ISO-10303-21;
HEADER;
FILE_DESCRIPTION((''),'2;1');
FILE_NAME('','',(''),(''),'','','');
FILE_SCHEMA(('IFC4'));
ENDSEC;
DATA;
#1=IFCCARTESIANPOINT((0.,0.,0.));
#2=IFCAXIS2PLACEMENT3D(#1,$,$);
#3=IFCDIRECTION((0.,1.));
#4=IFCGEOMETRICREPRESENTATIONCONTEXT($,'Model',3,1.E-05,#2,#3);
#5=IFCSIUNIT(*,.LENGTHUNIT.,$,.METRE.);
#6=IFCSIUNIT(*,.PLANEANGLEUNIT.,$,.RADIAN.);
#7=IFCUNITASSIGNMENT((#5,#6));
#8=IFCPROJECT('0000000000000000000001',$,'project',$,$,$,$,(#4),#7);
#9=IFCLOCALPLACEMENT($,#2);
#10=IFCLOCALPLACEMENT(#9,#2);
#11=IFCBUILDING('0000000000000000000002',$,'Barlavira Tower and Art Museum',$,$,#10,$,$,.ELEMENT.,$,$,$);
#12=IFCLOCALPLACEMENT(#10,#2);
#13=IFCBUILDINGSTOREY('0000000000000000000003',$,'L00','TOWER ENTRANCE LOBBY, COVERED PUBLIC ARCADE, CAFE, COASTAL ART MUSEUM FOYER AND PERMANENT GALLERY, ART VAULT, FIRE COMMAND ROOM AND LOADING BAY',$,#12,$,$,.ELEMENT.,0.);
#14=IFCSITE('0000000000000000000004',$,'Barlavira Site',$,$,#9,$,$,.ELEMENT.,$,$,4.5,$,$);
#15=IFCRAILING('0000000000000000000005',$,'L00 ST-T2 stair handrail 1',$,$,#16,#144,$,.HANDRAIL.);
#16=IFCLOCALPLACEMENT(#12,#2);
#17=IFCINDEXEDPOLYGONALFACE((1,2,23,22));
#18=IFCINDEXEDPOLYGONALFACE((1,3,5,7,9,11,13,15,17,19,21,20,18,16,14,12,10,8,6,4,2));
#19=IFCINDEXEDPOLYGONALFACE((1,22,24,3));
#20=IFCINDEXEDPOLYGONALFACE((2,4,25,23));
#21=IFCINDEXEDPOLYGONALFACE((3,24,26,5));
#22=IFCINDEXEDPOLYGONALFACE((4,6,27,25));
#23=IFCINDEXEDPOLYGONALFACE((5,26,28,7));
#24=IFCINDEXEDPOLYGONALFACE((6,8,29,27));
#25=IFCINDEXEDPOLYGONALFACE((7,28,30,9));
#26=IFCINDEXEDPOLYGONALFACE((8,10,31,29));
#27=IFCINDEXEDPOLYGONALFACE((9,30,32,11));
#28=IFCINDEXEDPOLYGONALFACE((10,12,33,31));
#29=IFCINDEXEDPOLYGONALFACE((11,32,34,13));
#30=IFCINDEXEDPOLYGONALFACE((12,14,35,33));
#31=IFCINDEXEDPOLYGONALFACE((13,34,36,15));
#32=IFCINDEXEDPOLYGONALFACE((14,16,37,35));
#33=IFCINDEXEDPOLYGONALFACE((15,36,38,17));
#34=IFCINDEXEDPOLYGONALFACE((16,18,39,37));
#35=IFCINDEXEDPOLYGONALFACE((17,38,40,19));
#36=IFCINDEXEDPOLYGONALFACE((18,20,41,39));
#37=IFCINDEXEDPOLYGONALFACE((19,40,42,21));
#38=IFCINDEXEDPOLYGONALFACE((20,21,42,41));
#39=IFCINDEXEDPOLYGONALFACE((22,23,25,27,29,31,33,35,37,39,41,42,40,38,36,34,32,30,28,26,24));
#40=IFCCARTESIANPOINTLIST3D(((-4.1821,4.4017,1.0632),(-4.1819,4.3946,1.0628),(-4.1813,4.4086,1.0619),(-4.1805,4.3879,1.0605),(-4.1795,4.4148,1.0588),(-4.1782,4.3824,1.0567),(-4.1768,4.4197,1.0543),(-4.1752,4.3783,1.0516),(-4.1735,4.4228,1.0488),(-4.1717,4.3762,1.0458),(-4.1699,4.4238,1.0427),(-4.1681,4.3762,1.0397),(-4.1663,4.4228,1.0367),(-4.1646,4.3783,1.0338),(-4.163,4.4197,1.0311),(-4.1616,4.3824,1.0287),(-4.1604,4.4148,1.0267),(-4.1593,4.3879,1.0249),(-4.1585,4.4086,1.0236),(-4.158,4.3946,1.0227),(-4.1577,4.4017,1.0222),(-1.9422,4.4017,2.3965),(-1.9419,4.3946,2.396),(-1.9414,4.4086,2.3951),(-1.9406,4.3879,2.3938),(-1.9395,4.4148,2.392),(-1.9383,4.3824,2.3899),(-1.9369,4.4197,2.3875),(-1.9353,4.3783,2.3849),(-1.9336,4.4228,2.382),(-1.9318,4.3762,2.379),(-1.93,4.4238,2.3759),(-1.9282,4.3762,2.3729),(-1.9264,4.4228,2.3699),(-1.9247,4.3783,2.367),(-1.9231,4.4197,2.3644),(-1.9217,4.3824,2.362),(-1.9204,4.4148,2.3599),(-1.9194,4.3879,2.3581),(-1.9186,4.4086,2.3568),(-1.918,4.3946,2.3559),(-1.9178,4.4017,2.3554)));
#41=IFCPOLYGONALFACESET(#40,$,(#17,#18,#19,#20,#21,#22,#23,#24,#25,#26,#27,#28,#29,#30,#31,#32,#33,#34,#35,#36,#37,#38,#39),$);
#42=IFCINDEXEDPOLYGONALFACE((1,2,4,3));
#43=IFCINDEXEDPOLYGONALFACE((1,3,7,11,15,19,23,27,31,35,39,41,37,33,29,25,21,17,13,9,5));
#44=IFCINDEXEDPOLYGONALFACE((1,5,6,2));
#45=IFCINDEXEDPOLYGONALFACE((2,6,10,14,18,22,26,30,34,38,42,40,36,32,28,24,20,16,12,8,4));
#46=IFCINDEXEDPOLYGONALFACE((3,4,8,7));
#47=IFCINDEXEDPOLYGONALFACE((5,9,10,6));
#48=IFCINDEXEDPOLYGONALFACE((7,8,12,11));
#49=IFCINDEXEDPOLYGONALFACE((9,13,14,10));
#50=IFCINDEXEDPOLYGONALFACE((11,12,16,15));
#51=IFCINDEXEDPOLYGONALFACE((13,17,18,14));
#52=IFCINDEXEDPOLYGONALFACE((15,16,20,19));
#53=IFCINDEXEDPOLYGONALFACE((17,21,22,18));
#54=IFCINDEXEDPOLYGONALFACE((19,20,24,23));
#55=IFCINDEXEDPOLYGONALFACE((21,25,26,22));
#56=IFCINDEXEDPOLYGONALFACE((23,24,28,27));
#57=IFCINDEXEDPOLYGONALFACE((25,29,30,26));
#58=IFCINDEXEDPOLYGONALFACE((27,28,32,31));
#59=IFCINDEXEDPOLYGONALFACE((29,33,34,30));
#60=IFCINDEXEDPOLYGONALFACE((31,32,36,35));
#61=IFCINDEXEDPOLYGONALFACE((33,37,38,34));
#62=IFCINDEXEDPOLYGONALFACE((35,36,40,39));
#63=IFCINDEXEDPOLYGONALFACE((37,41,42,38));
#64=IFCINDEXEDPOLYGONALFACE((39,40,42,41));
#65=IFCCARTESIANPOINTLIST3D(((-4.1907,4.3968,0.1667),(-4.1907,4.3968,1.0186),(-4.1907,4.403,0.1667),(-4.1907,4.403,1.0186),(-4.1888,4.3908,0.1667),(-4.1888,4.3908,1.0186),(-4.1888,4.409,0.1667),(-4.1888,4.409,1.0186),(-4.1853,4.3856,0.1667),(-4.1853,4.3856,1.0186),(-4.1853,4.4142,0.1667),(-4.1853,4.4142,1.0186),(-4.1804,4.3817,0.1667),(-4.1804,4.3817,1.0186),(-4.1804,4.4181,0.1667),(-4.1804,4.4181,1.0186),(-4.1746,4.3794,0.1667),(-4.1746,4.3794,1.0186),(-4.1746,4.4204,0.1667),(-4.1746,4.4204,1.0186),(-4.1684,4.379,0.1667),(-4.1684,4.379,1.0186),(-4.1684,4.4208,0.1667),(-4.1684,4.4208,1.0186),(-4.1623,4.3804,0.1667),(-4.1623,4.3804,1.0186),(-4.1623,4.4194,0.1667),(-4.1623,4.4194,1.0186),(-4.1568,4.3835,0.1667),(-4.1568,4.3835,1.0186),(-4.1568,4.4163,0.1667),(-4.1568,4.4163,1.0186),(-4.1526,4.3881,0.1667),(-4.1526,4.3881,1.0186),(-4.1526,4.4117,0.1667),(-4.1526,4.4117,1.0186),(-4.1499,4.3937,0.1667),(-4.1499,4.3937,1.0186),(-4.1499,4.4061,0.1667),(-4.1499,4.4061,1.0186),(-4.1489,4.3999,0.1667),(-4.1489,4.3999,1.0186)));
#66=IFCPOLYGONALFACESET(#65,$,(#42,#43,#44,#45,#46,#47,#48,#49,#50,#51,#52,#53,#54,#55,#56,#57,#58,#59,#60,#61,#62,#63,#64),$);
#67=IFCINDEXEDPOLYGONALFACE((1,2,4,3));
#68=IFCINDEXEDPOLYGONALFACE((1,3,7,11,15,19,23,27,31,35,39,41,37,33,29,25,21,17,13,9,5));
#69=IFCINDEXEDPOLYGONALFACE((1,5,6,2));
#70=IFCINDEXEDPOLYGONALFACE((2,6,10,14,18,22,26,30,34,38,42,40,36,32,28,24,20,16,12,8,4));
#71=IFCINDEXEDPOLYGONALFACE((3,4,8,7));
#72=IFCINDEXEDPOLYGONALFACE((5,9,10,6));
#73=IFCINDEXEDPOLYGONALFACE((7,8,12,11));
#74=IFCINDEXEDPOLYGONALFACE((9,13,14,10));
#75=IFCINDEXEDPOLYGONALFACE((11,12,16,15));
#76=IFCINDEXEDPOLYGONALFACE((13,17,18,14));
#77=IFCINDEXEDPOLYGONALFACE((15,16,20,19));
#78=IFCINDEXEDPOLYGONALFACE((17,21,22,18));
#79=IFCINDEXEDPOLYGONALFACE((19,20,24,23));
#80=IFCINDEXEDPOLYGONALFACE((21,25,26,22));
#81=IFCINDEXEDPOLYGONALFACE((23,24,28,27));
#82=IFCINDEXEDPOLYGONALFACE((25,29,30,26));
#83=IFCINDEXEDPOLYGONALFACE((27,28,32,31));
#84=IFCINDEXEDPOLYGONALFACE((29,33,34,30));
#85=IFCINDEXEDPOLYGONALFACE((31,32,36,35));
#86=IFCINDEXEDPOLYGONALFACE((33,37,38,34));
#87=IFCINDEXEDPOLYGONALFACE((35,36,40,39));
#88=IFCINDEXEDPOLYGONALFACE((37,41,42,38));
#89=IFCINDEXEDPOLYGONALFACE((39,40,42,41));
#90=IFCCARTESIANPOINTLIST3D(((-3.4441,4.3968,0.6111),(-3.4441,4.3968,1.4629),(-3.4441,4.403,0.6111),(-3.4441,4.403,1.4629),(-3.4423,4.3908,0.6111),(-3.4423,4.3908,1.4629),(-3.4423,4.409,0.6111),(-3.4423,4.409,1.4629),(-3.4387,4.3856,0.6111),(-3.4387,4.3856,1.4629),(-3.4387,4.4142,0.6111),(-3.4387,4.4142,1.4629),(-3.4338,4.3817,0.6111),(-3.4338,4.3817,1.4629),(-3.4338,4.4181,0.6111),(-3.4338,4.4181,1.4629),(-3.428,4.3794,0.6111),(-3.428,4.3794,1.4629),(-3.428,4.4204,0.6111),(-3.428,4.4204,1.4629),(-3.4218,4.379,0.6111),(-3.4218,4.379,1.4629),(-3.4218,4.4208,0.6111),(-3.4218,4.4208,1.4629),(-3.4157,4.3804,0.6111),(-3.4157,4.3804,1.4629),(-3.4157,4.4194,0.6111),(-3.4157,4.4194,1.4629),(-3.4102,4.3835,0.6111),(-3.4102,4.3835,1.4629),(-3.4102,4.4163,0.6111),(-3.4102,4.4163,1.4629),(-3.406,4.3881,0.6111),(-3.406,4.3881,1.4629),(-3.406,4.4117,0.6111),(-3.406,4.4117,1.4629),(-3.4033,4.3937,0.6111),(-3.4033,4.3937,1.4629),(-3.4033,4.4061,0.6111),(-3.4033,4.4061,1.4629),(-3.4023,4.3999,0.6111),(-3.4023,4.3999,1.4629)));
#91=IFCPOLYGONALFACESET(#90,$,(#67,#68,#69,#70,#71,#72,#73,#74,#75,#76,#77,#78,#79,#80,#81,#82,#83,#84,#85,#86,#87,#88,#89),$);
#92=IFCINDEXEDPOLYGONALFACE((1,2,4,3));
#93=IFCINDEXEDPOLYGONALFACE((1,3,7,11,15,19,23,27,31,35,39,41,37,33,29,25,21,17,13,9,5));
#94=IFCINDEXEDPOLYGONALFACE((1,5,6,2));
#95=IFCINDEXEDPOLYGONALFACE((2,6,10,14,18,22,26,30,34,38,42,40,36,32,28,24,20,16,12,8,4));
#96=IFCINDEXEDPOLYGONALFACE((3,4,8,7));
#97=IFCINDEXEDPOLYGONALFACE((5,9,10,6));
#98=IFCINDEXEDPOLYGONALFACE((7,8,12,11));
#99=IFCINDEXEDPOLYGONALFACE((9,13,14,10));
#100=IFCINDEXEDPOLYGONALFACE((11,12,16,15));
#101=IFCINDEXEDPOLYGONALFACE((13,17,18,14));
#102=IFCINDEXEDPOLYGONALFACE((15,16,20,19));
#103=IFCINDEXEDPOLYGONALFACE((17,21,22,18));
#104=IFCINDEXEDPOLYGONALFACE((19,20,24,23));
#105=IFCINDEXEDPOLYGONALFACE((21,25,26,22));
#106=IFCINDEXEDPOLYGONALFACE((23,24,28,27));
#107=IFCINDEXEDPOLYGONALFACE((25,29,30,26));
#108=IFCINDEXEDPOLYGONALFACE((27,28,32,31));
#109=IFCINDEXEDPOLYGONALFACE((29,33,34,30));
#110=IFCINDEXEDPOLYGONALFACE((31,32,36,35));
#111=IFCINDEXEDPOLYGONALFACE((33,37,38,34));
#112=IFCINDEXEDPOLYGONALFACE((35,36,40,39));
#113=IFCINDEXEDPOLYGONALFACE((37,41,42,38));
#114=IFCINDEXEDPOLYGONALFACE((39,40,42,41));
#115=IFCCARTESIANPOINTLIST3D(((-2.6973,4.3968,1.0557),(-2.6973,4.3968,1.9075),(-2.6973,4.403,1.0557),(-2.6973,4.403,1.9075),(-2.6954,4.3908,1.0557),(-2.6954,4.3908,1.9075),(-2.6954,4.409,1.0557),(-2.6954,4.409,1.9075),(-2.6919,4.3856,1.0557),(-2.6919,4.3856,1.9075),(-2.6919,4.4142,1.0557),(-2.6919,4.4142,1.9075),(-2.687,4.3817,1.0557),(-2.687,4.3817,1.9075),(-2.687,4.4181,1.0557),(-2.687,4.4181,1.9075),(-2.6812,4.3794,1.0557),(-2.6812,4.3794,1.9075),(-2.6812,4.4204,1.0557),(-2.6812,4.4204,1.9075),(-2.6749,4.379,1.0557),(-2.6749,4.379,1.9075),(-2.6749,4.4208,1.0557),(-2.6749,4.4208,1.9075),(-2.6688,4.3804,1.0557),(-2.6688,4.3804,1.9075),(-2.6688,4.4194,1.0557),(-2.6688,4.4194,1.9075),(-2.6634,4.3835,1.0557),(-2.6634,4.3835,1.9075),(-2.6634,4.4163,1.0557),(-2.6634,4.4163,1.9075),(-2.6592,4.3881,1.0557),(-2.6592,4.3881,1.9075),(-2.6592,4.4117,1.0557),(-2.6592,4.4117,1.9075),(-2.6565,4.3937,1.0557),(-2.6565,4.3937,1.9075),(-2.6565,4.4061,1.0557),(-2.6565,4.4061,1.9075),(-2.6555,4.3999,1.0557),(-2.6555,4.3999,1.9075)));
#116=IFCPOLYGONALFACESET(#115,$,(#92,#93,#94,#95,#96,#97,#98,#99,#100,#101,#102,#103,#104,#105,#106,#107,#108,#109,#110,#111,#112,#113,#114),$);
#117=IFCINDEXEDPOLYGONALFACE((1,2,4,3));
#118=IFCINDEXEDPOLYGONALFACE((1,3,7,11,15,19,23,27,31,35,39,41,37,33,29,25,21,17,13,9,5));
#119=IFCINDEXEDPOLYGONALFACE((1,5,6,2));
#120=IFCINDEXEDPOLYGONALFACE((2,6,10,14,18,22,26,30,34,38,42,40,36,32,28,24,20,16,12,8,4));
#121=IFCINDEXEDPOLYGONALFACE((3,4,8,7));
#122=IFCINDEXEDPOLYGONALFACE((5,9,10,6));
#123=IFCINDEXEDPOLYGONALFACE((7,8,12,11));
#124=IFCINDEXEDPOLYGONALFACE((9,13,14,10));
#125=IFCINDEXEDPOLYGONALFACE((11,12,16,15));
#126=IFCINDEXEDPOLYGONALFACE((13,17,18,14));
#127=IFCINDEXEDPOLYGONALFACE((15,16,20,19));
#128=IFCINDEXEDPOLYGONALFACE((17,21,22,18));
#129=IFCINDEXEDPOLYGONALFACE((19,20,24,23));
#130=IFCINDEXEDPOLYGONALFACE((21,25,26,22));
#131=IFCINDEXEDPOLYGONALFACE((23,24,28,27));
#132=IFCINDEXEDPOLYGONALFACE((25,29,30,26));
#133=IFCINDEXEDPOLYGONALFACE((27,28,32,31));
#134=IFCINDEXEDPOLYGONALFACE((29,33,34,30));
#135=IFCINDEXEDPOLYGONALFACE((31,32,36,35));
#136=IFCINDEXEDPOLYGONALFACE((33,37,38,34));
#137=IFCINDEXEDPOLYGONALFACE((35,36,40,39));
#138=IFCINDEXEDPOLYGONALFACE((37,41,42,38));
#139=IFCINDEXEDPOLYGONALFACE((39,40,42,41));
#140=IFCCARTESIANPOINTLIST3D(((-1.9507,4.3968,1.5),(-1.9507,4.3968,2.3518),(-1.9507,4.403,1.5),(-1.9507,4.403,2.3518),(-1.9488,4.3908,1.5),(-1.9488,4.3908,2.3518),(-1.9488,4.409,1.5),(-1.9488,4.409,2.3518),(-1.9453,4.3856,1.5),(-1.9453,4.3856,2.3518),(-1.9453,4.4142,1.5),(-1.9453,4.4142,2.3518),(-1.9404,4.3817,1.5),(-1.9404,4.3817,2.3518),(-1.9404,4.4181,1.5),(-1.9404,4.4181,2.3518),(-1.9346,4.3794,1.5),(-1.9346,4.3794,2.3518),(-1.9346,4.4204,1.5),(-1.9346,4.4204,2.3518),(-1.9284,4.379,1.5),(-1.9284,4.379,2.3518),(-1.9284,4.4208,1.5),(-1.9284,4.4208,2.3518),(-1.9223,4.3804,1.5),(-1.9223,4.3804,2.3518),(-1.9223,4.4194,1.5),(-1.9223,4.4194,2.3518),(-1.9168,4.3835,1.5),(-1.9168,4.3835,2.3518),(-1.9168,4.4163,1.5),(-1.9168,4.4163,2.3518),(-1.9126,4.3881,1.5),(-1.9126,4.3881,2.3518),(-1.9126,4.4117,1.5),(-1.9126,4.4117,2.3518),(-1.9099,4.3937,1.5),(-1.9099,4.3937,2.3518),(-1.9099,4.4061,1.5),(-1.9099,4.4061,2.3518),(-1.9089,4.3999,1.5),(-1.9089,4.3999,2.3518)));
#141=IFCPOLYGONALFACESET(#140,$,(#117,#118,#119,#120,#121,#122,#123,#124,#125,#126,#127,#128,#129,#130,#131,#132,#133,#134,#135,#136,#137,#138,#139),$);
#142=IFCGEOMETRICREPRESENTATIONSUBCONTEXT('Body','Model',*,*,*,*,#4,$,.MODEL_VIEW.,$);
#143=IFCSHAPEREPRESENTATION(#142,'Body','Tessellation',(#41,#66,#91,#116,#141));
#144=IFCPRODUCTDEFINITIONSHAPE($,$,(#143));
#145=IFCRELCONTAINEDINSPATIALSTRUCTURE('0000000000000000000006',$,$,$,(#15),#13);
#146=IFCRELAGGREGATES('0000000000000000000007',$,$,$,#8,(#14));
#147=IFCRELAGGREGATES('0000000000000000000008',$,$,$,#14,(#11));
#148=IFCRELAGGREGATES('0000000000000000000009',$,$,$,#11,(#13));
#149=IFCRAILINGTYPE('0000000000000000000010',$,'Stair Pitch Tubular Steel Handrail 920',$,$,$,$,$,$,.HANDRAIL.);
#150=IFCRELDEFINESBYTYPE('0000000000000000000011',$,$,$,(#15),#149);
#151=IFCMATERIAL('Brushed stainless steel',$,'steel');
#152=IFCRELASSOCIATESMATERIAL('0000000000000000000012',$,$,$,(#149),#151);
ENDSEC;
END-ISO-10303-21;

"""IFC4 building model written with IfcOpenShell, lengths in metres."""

from ifc_helpers import new_model, si_unit, direction, frame, origin, origin_2d, place, context, subcontext, project, spatial, circle, extrude, material, type_object, element, save


model = new_model("IFC4")

# Units and contexts
model_context = context("Model", 3, precision=1e-05, world=origin(), true_north=direction((0.0, 1.0)))
body_context = subcontext(model_context, "Body", "Model", "MODEL_VIEW")
ifc_project = project(units=[si_unit("LENGTHUNIT", "METRE"), si_unit("PLANEANGLEUNIT", "RADIAN")], contexts=[model_context])

# Site, building, storey
site_placement = place(None, origin())
site = spatial("IfcSite", under=ifc_project, at=site_placement, Name="Barlavira Site", CompositionType="ELEMENT", RefElevation=4.5)
building_placement = place(site_placement, origin())
building = spatial("IfcBuilding", under=site, at=building_placement, Name="Barlavira Tower and Art Museum", CompositionType="ELEMENT")
storey_placement = place(building_placement, origin())
storey = spatial("IfcBuildingStorey", under=building, at=storey_placement, Name="L00", Description="TOWER ENTRANCE LOBBY, COVERED PUBLIC ARCADE, CAFE, COASTAL ART MUSEUM FOYER AND PERMANENT GALLERY, ART VAULT, FIRE COMMAND ROOM AND LOADING BAY", CompositionType="ELEMENT", Elevation=0.0)

# Shared definitions
ifc_material_1 = material(Name="Brushed stainless steel", Category="steel")

# Railing
railing_type_1 = type_object("IfcRailingType", Name="Stair Pitch Tubular Steel Handrail 920", PredefinedType="HANDRAIL", material=ifc_material_1)
for number, where, name in (
    (1, (-4.1699, 4.3999, 0.1667), "L00 ST-T2 stair handrail 1"),
):
    element("IfcRailing", number, at=place(storey_placement, frame(where)), inside=storey, type_object=railing_type_1, Name=name, PredefinedType="HANDRAIL", context=body_context, shape_type="SweptSolid", body=[
        extrude(circle(Radius=0.0239, at=origin_2d()), frame((0.0, 0.0, 0.876), z_axis=(0.859306, 0.0, 0.511462), x_axis=(0.0, 1.0, 0.0)), (0.0, 0.0, 1.0), 2.6067),
        extrude(circle(Radius=0.021, at=origin_2d()), origin(), (0.0, 0.0, 1.0), 0.8518),
        extrude(circle(Radius=0.021, at=origin_2d()), frame((0.7466, 0.0, 0.4443)), (0.0, 0.0, 1.0), 0.8518),
        extrude(circle(Radius=0.021, at=origin_2d()), frame((1.4934, 0.0, 0.8889)), (0.0, 0.0, 1.0), 0.8518),
        extrude(circle(Radius=0.021, at=origin_2d()), frame((2.24, 0.0, 1.3333)), (0.0, 0.0, 1.0), 0.8518),
    ])

save(model, "model.ifc")
